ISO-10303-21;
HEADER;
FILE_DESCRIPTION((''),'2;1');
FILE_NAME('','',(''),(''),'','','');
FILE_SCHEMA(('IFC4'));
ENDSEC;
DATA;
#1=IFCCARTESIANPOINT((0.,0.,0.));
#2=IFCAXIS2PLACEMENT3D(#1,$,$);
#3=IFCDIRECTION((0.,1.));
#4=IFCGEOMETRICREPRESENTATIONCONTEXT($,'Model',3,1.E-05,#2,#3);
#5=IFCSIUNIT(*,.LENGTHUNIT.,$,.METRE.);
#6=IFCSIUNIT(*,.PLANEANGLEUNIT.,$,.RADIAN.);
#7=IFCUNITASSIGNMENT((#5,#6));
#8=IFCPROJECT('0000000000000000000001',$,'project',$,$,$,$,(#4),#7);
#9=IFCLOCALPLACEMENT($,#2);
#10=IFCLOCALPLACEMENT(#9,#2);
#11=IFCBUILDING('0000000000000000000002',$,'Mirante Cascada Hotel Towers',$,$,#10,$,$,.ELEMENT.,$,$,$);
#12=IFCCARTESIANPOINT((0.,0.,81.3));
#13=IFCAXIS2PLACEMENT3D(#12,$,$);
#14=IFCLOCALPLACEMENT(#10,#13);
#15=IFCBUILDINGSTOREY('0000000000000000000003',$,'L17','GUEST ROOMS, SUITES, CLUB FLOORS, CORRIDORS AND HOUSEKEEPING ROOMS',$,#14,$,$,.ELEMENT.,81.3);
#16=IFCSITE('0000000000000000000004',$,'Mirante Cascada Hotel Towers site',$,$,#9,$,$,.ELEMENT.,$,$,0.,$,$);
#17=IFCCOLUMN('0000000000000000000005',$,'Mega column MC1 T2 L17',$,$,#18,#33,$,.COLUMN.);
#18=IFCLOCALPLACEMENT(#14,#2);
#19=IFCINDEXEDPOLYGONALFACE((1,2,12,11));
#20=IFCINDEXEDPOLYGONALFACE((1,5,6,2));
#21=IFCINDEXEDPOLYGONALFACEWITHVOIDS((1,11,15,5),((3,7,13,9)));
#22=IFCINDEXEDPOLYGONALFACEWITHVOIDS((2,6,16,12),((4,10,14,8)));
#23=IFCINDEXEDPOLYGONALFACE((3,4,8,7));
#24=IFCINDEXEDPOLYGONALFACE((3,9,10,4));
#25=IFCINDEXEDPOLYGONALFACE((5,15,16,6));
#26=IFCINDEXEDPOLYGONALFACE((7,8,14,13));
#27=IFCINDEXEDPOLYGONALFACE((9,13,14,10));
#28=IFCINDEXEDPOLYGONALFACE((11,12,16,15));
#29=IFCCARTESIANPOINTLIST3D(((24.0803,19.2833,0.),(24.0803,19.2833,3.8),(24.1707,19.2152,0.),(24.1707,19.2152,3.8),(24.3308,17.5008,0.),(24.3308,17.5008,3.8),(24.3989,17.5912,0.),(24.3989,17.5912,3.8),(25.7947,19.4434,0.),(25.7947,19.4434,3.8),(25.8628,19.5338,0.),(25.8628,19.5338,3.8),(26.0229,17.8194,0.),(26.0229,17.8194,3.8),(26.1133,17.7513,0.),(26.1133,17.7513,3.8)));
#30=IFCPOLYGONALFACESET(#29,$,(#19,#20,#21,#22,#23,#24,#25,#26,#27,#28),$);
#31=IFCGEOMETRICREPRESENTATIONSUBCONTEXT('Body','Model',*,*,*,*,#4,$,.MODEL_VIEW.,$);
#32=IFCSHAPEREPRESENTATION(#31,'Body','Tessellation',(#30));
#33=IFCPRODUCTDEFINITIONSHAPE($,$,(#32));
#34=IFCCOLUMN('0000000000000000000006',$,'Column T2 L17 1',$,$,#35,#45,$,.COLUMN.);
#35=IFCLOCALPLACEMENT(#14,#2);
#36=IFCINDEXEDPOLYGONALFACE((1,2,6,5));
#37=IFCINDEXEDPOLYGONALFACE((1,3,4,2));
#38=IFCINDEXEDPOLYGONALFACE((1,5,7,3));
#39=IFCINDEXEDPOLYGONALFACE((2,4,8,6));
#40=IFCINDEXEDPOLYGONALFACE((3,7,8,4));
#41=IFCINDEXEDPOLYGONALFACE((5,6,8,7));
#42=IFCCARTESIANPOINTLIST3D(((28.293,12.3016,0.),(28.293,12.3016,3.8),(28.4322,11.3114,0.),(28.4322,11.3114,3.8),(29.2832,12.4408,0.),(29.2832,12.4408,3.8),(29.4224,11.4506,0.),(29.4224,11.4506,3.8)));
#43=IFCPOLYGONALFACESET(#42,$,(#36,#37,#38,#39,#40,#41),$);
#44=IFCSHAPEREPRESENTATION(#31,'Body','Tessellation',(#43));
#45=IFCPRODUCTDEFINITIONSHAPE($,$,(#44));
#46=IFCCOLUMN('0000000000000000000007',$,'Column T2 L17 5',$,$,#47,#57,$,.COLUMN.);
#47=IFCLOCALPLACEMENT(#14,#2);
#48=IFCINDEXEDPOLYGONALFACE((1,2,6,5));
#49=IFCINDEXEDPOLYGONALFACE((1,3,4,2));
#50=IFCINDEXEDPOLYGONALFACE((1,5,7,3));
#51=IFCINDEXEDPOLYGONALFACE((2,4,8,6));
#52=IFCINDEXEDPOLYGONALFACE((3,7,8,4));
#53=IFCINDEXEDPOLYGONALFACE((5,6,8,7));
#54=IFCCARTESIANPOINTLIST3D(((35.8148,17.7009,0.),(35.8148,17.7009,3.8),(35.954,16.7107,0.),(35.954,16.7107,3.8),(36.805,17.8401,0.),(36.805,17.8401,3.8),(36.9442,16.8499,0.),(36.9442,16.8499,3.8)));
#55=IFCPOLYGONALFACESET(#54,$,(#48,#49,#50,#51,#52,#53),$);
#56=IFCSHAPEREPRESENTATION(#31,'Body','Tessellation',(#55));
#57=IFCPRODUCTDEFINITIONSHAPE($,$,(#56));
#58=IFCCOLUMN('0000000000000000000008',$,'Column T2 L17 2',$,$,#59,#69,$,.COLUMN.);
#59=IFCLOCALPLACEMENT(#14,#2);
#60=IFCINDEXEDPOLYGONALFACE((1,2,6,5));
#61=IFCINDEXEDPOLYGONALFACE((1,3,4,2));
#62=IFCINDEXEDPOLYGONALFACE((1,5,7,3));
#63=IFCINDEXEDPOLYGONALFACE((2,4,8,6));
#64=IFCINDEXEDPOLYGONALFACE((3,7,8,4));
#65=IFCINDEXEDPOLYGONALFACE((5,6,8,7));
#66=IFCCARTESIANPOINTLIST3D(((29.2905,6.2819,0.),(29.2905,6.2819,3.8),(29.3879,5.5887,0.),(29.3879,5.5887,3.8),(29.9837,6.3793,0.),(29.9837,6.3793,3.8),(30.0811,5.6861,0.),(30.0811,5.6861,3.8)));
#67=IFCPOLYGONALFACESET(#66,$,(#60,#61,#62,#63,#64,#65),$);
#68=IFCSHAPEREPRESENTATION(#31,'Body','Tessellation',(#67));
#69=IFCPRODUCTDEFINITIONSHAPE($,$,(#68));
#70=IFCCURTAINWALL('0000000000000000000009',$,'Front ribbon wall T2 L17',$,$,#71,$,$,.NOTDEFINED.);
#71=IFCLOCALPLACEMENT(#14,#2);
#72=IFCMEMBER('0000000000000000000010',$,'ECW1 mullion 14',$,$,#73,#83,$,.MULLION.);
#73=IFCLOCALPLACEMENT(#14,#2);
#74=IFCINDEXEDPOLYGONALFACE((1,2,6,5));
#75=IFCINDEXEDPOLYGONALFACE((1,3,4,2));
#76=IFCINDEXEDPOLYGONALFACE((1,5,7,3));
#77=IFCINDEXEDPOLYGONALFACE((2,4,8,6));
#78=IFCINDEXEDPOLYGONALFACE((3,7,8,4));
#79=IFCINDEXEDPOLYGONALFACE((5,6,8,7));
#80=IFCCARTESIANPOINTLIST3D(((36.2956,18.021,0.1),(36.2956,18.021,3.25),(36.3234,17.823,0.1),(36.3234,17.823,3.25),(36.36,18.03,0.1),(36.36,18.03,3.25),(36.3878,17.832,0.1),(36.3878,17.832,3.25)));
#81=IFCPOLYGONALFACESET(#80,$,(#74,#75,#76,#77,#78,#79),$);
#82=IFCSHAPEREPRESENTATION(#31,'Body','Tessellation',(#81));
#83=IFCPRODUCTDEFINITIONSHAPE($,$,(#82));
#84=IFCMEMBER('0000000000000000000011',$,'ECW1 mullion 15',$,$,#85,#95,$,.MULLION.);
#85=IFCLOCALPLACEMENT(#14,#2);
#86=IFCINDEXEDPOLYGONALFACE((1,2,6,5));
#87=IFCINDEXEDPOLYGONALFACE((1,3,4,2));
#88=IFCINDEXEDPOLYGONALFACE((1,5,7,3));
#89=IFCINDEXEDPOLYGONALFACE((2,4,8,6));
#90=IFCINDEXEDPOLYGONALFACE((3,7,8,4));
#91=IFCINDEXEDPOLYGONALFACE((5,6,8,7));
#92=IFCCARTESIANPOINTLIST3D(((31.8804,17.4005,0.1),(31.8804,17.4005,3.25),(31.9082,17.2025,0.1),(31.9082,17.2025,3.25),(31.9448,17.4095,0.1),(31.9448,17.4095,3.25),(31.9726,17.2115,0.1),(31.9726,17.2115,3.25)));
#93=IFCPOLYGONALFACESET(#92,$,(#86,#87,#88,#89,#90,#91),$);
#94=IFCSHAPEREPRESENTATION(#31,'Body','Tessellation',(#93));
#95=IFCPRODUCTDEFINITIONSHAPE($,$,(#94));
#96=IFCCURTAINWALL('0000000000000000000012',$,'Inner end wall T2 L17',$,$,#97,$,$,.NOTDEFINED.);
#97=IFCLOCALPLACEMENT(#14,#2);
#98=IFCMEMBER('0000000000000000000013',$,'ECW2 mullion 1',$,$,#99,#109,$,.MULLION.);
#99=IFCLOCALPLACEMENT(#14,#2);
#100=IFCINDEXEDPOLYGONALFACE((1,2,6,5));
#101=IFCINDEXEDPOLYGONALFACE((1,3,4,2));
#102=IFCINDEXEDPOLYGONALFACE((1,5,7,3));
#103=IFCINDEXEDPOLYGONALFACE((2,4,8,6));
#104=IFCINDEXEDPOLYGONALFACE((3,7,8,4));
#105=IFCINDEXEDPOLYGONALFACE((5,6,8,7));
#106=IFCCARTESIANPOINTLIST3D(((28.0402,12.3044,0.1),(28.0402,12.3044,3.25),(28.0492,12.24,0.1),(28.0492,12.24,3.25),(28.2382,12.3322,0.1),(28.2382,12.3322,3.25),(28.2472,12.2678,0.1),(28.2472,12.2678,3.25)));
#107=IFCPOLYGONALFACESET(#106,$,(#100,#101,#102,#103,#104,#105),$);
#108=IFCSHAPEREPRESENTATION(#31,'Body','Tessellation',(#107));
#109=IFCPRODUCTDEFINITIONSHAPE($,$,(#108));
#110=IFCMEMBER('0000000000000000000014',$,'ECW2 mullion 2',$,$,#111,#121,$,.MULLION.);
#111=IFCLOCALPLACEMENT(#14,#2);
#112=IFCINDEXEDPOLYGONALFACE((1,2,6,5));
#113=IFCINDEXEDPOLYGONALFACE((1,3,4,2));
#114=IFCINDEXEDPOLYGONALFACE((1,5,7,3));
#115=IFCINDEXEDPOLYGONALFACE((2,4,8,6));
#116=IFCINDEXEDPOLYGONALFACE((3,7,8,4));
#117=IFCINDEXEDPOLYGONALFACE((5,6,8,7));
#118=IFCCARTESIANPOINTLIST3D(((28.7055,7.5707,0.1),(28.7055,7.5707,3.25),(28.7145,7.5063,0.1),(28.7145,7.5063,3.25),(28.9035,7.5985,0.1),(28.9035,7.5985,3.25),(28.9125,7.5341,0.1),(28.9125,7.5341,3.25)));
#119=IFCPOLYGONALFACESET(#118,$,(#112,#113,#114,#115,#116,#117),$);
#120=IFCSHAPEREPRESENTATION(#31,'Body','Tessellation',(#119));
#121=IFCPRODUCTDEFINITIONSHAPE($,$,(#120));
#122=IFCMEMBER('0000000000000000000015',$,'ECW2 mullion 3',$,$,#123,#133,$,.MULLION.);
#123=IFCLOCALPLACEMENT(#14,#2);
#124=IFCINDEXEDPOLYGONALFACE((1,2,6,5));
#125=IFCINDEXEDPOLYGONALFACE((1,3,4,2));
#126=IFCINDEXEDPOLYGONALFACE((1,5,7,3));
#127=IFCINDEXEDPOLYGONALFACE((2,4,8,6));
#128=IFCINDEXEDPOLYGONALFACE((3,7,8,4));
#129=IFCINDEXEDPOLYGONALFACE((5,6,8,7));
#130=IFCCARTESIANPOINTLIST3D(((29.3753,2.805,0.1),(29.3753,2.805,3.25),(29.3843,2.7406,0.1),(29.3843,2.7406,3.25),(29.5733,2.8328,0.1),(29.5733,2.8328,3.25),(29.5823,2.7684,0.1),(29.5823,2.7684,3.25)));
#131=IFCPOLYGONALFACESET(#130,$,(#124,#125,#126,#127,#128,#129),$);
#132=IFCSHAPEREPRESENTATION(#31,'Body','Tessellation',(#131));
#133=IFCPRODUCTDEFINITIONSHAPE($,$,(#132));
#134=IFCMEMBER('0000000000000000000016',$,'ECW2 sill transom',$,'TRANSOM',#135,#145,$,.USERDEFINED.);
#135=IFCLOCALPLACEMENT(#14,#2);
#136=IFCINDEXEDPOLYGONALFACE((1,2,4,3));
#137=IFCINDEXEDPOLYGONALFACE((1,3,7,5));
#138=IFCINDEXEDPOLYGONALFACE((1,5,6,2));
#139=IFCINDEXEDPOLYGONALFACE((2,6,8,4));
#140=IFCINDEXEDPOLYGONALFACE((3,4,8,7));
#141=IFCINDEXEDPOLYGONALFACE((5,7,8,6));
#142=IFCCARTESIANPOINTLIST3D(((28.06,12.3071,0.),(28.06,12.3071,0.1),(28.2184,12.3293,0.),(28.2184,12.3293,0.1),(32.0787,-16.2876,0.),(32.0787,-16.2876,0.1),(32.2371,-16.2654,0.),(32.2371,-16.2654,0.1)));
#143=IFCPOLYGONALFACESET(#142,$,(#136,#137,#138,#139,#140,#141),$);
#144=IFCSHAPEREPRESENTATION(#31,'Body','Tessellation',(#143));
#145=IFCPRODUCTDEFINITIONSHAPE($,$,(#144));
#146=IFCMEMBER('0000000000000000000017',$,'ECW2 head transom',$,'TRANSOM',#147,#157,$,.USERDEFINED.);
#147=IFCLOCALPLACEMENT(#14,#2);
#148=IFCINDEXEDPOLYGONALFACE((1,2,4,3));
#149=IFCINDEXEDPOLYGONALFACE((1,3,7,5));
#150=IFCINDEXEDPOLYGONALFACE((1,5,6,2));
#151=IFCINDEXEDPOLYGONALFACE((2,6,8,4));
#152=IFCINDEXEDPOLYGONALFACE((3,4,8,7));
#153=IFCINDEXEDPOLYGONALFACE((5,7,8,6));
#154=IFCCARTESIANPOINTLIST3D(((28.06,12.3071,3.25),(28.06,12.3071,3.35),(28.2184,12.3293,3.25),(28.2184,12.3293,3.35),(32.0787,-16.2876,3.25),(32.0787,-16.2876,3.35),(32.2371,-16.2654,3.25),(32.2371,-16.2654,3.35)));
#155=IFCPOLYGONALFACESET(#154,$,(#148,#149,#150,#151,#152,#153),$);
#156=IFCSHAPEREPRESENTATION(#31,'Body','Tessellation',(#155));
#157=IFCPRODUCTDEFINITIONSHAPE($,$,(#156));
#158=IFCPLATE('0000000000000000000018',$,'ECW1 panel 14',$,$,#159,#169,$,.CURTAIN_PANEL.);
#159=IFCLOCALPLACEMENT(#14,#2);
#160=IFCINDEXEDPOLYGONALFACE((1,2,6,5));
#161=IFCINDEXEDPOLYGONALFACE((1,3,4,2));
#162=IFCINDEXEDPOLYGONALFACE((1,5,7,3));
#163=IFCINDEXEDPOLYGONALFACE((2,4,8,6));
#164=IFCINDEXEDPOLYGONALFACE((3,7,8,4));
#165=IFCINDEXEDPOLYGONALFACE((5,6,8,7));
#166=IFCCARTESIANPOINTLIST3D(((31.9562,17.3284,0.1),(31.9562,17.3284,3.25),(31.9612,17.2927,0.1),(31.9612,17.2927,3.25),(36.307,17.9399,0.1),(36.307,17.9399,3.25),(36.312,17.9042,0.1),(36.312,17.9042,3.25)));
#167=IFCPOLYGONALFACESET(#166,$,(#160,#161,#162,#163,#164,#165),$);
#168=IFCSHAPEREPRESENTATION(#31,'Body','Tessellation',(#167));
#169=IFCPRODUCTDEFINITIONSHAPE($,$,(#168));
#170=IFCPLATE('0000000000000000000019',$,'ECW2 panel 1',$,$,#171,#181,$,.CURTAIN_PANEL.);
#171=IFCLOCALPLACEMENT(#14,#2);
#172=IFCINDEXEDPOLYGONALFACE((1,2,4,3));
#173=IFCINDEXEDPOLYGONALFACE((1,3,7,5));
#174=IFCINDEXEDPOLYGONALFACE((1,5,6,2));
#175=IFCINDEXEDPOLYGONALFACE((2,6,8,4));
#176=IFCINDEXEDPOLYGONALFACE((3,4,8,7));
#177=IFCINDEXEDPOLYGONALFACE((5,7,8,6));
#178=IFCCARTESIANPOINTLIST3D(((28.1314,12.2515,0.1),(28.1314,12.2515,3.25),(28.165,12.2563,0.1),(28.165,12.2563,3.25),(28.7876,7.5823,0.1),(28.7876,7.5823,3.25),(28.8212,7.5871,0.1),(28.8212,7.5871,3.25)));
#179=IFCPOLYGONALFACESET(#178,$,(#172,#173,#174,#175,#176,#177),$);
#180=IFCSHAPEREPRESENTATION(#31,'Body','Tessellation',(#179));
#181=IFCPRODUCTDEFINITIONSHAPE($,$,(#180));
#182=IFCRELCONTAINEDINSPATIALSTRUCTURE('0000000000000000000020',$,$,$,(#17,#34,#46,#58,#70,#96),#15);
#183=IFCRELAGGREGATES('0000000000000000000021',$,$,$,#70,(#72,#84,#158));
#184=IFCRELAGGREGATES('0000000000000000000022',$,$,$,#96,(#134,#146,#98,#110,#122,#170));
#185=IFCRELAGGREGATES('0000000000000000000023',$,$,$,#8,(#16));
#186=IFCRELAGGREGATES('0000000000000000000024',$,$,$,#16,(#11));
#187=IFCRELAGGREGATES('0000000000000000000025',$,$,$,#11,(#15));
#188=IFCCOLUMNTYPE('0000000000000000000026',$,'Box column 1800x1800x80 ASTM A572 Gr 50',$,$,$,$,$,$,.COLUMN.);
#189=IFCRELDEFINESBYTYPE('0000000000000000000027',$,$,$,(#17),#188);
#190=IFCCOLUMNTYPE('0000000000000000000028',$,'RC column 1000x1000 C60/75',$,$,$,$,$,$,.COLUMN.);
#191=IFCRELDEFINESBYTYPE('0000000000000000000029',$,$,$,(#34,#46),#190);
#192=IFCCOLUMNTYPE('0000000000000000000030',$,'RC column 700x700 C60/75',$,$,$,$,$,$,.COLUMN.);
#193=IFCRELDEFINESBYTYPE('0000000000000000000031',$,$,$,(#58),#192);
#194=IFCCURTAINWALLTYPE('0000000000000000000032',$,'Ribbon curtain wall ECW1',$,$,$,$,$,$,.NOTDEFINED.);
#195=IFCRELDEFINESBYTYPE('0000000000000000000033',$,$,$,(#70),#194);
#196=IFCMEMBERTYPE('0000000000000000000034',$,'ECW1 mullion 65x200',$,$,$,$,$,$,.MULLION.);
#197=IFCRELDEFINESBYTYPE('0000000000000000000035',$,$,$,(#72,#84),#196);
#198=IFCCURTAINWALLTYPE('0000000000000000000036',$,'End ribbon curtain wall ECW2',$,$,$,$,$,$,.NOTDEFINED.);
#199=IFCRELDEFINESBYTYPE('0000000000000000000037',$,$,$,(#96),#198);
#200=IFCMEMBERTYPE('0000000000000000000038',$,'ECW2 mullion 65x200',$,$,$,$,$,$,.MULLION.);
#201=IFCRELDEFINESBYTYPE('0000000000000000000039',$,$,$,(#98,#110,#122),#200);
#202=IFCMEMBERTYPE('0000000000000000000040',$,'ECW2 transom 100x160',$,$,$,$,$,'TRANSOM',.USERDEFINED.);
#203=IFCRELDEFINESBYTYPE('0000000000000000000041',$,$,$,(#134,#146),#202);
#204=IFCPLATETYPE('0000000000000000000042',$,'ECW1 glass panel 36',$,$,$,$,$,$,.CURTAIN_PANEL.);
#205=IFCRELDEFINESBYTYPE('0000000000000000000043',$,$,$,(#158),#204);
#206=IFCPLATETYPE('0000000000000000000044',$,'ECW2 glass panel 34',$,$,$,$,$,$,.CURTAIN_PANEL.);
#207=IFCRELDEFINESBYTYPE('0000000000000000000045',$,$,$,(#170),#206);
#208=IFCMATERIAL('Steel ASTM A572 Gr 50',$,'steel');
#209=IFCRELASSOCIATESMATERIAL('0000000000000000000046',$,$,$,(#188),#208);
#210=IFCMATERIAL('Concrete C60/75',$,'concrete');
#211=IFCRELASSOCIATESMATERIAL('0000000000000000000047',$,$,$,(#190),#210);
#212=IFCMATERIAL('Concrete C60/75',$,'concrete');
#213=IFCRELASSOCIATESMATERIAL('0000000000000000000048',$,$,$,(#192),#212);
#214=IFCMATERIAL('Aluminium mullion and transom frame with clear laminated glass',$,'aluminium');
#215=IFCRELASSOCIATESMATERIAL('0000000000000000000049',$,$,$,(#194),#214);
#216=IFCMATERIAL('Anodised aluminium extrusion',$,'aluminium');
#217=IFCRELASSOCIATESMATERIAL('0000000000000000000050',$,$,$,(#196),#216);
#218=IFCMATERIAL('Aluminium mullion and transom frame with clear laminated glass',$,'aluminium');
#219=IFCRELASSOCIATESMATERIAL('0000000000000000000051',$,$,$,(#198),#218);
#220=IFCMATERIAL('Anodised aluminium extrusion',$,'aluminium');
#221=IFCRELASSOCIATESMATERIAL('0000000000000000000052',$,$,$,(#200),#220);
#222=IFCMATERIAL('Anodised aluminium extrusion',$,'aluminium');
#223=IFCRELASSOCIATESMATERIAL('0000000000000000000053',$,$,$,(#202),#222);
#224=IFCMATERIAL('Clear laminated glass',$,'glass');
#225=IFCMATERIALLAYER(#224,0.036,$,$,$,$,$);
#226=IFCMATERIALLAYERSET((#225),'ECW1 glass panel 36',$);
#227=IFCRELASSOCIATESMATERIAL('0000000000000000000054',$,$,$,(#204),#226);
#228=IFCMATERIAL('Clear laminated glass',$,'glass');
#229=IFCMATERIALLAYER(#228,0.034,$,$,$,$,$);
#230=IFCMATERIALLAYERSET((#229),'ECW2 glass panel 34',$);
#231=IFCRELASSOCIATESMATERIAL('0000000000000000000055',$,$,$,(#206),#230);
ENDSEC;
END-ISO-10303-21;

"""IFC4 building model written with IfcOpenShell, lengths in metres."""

from ifc_helpers import new_model, si_unit, direction, frame, origin, origin_2d, place, context, subcontext, project, spatial, rectangle, hollow_rectangle, extrude, material, layer, layer_set, material_profile, profile_set, type_object, element, aggregate, save


model = new_model("IFC4")

# Units and contexts
model_context = context("Model", 3, precision=1e-05, world=origin(), true_north=direction((0.0, 1.0)))
body_context = subcontext(model_context, "Body", "Model", "MODEL_VIEW")
ifc_project = project(units=[si_unit("LENGTHUNIT", "METRE"), si_unit("PLANEANGLEUNIT", "RADIAN")], contexts=[model_context])

# Site, building, storey
site_placement = place(None, origin())
site = spatial("IfcSite", under=ifc_project, at=site_placement, Name="Mirante Cascada Hotel Towers site", CompositionType="ELEMENT", RefElevation=0.0)
building_placement = place(site_placement, origin())
building = spatial("IfcBuilding", under=site, at=building_placement, Name="Mirante Cascada Hotel Towers", CompositionType="ELEMENT")
storey_placement = place(building_placement, frame((0.0, 0.0, 81.3)))
storey = spatial("IfcBuildingStorey", under=building, at=storey_placement, Name="L17", Description="GUEST ROOMS, SUITES, CLUB FLOORS, CORRIDORS AND HOUSEKEEPING ROOMS", CompositionType="ELEMENT", Elevation=81.3)

# Columns
ifc_material_1 = material(Name="Steel ASTM A572 Gr 50", Category="steel")
ifc_material_profile_1 = material_profile(ifc_material_1, hollow_rectangle(XDim=1.8, YDim=1.8, WallThickness=0.08, at=origin_2d()), Name="Box column 1800x1800x80 ASTM A572 Gr 50")
ifc_profile_set_1 = profile_set([ifc_material_profile_1], Name="Steel ASTM A572 Gr 50")
column_type_1 = type_object("IfcColumnType", Name="Box column 1800x1800x80 ASTM A572 Gr 50", PredefinedType="COLUMN", material=ifc_profile_set_1)
column_1_placement = place(storey_placement, frame((25.0968, 18.5173, 0.0), z_axis=(0.0, 0.0, 1.0), x_axis=(0.990268, 0.139173, 0.0)))
element("IfcColumn", 1, at=column_1_placement, inside=storey, type_object=column_type_1, Name="Mega column MC1 T2 L17", PredefinedType="COLUMN", context=body_context, shape_type="SweptSolid", body=[
    extrude(hollow_rectangle(XDim=1.8, YDim=1.8, WallThickness=0.08, at=origin_2d()), origin(), (0.0, 0.0, 1.0), 3.8),
])
ifc_material_2 = material(Name="Concrete C60/75", Category="concrete")
ifc_material_profile_2 = material_profile(ifc_material_2, rectangle(XDim=1.0, YDim=1.0, at=origin_2d()), Name="RC column 1000x1000 C60/75")
ifc_profile_set_2 = profile_set([ifc_material_profile_2], Name="Concrete C60/75")
column_type_2 = type_object("IfcColumnType", Name="RC column 1000x1000 C60/75", PredefinedType="COLUMN", material=ifc_profile_set_2)
for number, where, z_axis, x_axis, name in (
    (2, (28.8577, 11.8761, 0.0), (0.0, 0.0, 1.0), (0.990268, 0.139173, 0.0), "Column T2 L17 1"),
    (3, (36.3795, 17.2754, 0.0), (0.0, 0.0, 1.0), (0.990268, 0.139173, 0.0), "Column T2 L17 5"),
):
    element("IfcColumn", number, at=place(storey_placement, frame(where, z_axis=z_axis, x_axis=x_axis)), inside=storey, type_object=column_type_2, Name=name, PredefinedType="COLUMN", context=body_context, shape_type="SweptSolid", body=[
        extrude(rectangle(XDim=1.0, YDim=1.0, at=origin_2d()), origin(), (0.0, 0.0, 1.0), 3.8),
    ])
ifc_material_3 = material(Name="Concrete C60/75", Category="concrete")
ifc_material_profile_3 = material_profile(ifc_material_3, rectangle(XDim=0.7, YDim=0.7, at=origin_2d()), Name="RC column 700x700 C60/75")
ifc_profile_set_3 = profile_set([ifc_material_profile_3], Name="Concrete C60/75")
column_type_3 = type_object("IfcColumnType", Name="RC column 700x700 C60/75", PredefinedType="COLUMN", material=ifc_profile_set_3)
column_2_placement = place(storey_placement, frame((29.6858, 5.984, 0.0), z_axis=(0.0, 0.0, 1.0), x_axis=(0.990268, 0.139173, 0.0)))
element("IfcColumn", 4, at=column_2_placement, inside=storey, type_object=column_type_3, Name="Column T2 L17 2", PredefinedType="COLUMN", context=body_context, shape_type="SweptSolid", body=[
    extrude(rectangle(XDim=0.7, YDim=0.7, at=origin_2d()), origin(), (0.0, 0.0, 1.0), 3.8),
])

# Curtain walls, members
ifc_material_4 = material(Name="Aluminium mullion and transom frame with clear laminated glass", Category="aluminium")
curtain_wall_type_1 = type_object("IfcCurtainWallType", Name="Ribbon curtain wall ECW1", PredefinedType="NOTDEFINED", material=ifc_material_4)
curtain_wall_1_placement = place(storey_placement, origin())
curtain_wall_1 = element("IfcCurtainWall", 5, at=curtain_wall_1_placement, inside=storey, type_object=curtain_wall_type_1, Name="Front ribbon wall T2 L17", PredefinedType="NOTDEFINED")
ifc_material_5 = material(Name="Anodised aluminium extrusion", Category="aluminium")
ifc_material_profile_4 = material_profile(ifc_material_5, rectangle(XDim=0.2, YDim=0.065, at=origin_2d()), Name="ECW1 MULLION 65x200")
ifc_profile_set_4 = profile_set([ifc_material_profile_4], Name="Anodised aluminium extrusion")
member_type_1 = type_object("IfcMemberType", Name="ECW1 mullion 65x200", PredefinedType="MULLION", material=ifc_profile_set_4)
member_1_placement = place(storey_placement, frame((36.3417, 17.9265, 0.1), z_axis=(0.0, 0.0, 1.0), x_axis=(0.139173, -0.990268, 0.0)))
member_1 = element("IfcMember", 6, at=member_1_placement, type_object=member_type_1, Name="ECW1 mullion 14", PredefinedType="MULLION", context=body_context, shape_type="SweptSolid", body=[
    extrude(rectangle(XDim=0.2, YDim=0.065, at=origin_2d()), origin(), (0.0, 0.0, 1.0), 3.15),
])
member_2_placement = place(storey_placement, frame((31.9265, 17.306, 0.1), z_axis=(0.0, 0.0, 1.0), x_axis=(0.139173, -0.990268, 0.0)))
member_2 = element("IfcMember", 7, at=member_2_placement, type_object=member_type_1, Name="ECW1 mullion 15", PredefinedType="MULLION", context=body_context, shape_type="SweptSolid", body=[
    extrude(rectangle(XDim=0.2, YDim=0.065, at=origin_2d()), origin(), (0.0, 0.0, 1.0), 3.15),
])
ifc_material_6 = material(Name="Aluminium mullion and transom frame with clear laminated glass", Category="aluminium")
curtain_wall_type_2 = type_object("IfcCurtainWallType", Name="End ribbon curtain wall ECW2", PredefinedType="NOTDEFINED", material=ifc_material_6)
curtain_wall_2_placement = place(storey_placement, origin())
curtain_wall_2 = element("IfcCurtainWall", 8, at=curtain_wall_2_placement, inside=storey, type_object=curtain_wall_type_2, Name="Inner end wall T2 L17", PredefinedType="NOTDEFINED")
ifc_material_7 = material(Name="Anodised aluminium extrusion", Category="aluminium")
ifc_material_profile_5 = material_profile(ifc_material_7, rectangle(XDim=0.2, YDim=0.065, at=origin_2d()), Name="ECW2 MULLION 65x200")
ifc_profile_set_5 = profile_set([ifc_material_profile_5], Name="Anodised aluminium extrusion")
member_type_2 = type_object("IfcMemberType", Name="ECW2 mullion 65x200", PredefinedType="MULLION", material=ifc_profile_set_5)
member_3_placement = place(storey_placement, frame((28.1437, 12.2861, 0.1), z_axis=(0.0, 0.0, 1.0), x_axis=(0.990268, 0.139173, 0.0)))
member_3 = element("IfcMember", 9, at=member_3_placement, type_object=member_type_2, Name="ECW2 mullion 1", PredefinedType="MULLION", context=body_context, shape_type="SweptSolid", body=[
    extrude(rectangle(XDim=0.2, YDim=0.065, at=origin_2d()), origin(), (0.0, 0.0, 1.0), 3.15),
])
member_4_placement = place(storey_placement, frame((28.809, 7.5524, 0.1), z_axis=(0.0, 0.0, 1.0), x_axis=(0.990268, 0.139173, 0.0)))
member_4 = element("IfcMember", 10, at=member_4_placement, type_object=member_type_2, Name="ECW2 mullion 2", PredefinedType="MULLION", context=body_context, shape_type="SweptSolid", body=[
    extrude(rectangle(XDim=0.2, YDim=0.065, at=origin_2d()), origin(), (0.0, 0.0, 1.0), 3.15),
])
member_5_placement = place(storey_placement, frame((29.4788, 2.7867, 0.1), z_axis=(0.0, 0.0, 1.0), x_axis=(0.990268, 0.139173, 0.0)))
member_5 = element("IfcMember", 11, at=member_5_placement, type_object=member_type_2, Name="ECW2 mullion 3", PredefinedType="MULLION", context=body_context, shape_type="SweptSolid", body=[
    extrude(rectangle(XDim=0.2, YDim=0.065, at=origin_2d()), origin(), (0.0, 0.0, 1.0), 3.15),
])
ifc_material_8 = material(Name="Anodised aluminium extrusion", Category="aluminium")
ifc_material_profile_6 = material_profile(ifc_material_8, rectangle(XDim=0.16, YDim=0.1, at=origin_2d()), Name="ECW2 TRANSOM 100x160")
ifc_profile_set_6 = profile_set([ifc_material_profile_6], Name="Anodised aluminium extrusion")
member_type_3 = type_object("IfcMemberType", Name="ECW2 transom 100x160", ElementType="TRANSOM", PredefinedType="USERDEFINED", material=ifc_profile_set_6)
member_6_placement = place(storey_placement, frame((28.1392, 12.3182, 0.05), z_axis=(0.139172, -0.990268, 0.0), x_axis=(0.990268, 0.139172, 0.0)))
member_6 = element("IfcMember", 12, at=member_6_placement, type_object=member_type_3, Name="ECW2 sill transom", ObjectType="TRANSOM", PredefinedType="USERDEFINED", context=body_context, shape_type="SweptSolid", body=[
    extrude(rectangle(XDim=0.16, YDim=0.1, at=origin_2d()), origin(), (0.0, 0.0, 1.0), 28.8757),
])
member_7_placement = place(storey_placement, frame((28.1392, 12.3182, 3.3), z_axis=(0.139172, -0.990268, 0.0), x_axis=(0.990268, 0.139172, 0.0)))
member_7 = element("IfcMember", 13, at=member_7_placement, type_object=member_type_3, Name="ECW2 head transom", ObjectType="TRANSOM", PredefinedType="USERDEFINED", context=body_context, shape_type="SweptSolid", body=[
    extrude(rectangle(XDim=0.16, YDim=0.1, at=origin_2d()), origin(), (0.0, 0.0, 1.0), 28.8757),
])

# Plates
ifc_material_9 = material(Name="Clear laminated glass", Category="glass")
ifc_layer_1 = layer(ifc_material_9, 0.036)
ifc_layer_set_1 = layer_set([ifc_layer_1], Name="ECW1 glass panel 36")
plate_type_1 = type_object("IfcPlateType", Name="ECW1 glass panel 36", PredefinedType="CURTAIN_PANEL", material=ifc_layer_set_1)
plate_1_placement = place(storey_placement, frame((34.1341, 17.6163, 0.1), z_axis=(0.0, 0.0, 1.0), x_axis=(-0.990268, -0.139173, 0.0)))
plate_1 = element("IfcPlate", 14, at=plate_1_placement, type_object=plate_type_1, Name="ECW1 panel 14", PredefinedType="CURTAIN_PANEL", context=body_context, shape_type="SweptSolid", body=[
    extrude(rectangle(XDim=4.3936, YDim=0.036, at=origin_2d()), origin(), (0.0, 0.0, 1.0), 3.15),
])
aggregate(curtain_wall_1, [member_1, member_2, plate_1])
ifc_material_10 = material(Name="Clear laminated glass", Category="glass")
ifc_layer_2 = layer(ifc_material_10, 0.034)
ifc_layer_set_2 = layer_set([ifc_layer_2], Name="ECW2 glass panel 34")
plate_type_2 = type_object("IfcPlateType", Name="ECW2 glass panel 34", PredefinedType="CURTAIN_PANEL", material=ifc_layer_set_2)
plate_2_placement = place(storey_placement, frame((28.4763, 9.9193, 0.1), z_axis=(0.0, 0.0, 1.0), x_axis=(0.139173, -0.990268, 0.0)))
plate_2 = element("IfcPlate", 15, at=plate_2_placement, type_object=plate_type_2, Name="ECW2 panel 1", PredefinedType="CURTAIN_PANEL", context=body_context, shape_type="SweptSolid", body=[
    extrude(rectangle(XDim=4.7151, YDim=0.034, at=origin_2d()), origin(), (0.0, 0.0, 1.0), 3.15),
])
aggregate(curtain_wall_2, [member_6, member_7, member_3, member_4, member_5, plate_2])

save(model, "model.ifc")
